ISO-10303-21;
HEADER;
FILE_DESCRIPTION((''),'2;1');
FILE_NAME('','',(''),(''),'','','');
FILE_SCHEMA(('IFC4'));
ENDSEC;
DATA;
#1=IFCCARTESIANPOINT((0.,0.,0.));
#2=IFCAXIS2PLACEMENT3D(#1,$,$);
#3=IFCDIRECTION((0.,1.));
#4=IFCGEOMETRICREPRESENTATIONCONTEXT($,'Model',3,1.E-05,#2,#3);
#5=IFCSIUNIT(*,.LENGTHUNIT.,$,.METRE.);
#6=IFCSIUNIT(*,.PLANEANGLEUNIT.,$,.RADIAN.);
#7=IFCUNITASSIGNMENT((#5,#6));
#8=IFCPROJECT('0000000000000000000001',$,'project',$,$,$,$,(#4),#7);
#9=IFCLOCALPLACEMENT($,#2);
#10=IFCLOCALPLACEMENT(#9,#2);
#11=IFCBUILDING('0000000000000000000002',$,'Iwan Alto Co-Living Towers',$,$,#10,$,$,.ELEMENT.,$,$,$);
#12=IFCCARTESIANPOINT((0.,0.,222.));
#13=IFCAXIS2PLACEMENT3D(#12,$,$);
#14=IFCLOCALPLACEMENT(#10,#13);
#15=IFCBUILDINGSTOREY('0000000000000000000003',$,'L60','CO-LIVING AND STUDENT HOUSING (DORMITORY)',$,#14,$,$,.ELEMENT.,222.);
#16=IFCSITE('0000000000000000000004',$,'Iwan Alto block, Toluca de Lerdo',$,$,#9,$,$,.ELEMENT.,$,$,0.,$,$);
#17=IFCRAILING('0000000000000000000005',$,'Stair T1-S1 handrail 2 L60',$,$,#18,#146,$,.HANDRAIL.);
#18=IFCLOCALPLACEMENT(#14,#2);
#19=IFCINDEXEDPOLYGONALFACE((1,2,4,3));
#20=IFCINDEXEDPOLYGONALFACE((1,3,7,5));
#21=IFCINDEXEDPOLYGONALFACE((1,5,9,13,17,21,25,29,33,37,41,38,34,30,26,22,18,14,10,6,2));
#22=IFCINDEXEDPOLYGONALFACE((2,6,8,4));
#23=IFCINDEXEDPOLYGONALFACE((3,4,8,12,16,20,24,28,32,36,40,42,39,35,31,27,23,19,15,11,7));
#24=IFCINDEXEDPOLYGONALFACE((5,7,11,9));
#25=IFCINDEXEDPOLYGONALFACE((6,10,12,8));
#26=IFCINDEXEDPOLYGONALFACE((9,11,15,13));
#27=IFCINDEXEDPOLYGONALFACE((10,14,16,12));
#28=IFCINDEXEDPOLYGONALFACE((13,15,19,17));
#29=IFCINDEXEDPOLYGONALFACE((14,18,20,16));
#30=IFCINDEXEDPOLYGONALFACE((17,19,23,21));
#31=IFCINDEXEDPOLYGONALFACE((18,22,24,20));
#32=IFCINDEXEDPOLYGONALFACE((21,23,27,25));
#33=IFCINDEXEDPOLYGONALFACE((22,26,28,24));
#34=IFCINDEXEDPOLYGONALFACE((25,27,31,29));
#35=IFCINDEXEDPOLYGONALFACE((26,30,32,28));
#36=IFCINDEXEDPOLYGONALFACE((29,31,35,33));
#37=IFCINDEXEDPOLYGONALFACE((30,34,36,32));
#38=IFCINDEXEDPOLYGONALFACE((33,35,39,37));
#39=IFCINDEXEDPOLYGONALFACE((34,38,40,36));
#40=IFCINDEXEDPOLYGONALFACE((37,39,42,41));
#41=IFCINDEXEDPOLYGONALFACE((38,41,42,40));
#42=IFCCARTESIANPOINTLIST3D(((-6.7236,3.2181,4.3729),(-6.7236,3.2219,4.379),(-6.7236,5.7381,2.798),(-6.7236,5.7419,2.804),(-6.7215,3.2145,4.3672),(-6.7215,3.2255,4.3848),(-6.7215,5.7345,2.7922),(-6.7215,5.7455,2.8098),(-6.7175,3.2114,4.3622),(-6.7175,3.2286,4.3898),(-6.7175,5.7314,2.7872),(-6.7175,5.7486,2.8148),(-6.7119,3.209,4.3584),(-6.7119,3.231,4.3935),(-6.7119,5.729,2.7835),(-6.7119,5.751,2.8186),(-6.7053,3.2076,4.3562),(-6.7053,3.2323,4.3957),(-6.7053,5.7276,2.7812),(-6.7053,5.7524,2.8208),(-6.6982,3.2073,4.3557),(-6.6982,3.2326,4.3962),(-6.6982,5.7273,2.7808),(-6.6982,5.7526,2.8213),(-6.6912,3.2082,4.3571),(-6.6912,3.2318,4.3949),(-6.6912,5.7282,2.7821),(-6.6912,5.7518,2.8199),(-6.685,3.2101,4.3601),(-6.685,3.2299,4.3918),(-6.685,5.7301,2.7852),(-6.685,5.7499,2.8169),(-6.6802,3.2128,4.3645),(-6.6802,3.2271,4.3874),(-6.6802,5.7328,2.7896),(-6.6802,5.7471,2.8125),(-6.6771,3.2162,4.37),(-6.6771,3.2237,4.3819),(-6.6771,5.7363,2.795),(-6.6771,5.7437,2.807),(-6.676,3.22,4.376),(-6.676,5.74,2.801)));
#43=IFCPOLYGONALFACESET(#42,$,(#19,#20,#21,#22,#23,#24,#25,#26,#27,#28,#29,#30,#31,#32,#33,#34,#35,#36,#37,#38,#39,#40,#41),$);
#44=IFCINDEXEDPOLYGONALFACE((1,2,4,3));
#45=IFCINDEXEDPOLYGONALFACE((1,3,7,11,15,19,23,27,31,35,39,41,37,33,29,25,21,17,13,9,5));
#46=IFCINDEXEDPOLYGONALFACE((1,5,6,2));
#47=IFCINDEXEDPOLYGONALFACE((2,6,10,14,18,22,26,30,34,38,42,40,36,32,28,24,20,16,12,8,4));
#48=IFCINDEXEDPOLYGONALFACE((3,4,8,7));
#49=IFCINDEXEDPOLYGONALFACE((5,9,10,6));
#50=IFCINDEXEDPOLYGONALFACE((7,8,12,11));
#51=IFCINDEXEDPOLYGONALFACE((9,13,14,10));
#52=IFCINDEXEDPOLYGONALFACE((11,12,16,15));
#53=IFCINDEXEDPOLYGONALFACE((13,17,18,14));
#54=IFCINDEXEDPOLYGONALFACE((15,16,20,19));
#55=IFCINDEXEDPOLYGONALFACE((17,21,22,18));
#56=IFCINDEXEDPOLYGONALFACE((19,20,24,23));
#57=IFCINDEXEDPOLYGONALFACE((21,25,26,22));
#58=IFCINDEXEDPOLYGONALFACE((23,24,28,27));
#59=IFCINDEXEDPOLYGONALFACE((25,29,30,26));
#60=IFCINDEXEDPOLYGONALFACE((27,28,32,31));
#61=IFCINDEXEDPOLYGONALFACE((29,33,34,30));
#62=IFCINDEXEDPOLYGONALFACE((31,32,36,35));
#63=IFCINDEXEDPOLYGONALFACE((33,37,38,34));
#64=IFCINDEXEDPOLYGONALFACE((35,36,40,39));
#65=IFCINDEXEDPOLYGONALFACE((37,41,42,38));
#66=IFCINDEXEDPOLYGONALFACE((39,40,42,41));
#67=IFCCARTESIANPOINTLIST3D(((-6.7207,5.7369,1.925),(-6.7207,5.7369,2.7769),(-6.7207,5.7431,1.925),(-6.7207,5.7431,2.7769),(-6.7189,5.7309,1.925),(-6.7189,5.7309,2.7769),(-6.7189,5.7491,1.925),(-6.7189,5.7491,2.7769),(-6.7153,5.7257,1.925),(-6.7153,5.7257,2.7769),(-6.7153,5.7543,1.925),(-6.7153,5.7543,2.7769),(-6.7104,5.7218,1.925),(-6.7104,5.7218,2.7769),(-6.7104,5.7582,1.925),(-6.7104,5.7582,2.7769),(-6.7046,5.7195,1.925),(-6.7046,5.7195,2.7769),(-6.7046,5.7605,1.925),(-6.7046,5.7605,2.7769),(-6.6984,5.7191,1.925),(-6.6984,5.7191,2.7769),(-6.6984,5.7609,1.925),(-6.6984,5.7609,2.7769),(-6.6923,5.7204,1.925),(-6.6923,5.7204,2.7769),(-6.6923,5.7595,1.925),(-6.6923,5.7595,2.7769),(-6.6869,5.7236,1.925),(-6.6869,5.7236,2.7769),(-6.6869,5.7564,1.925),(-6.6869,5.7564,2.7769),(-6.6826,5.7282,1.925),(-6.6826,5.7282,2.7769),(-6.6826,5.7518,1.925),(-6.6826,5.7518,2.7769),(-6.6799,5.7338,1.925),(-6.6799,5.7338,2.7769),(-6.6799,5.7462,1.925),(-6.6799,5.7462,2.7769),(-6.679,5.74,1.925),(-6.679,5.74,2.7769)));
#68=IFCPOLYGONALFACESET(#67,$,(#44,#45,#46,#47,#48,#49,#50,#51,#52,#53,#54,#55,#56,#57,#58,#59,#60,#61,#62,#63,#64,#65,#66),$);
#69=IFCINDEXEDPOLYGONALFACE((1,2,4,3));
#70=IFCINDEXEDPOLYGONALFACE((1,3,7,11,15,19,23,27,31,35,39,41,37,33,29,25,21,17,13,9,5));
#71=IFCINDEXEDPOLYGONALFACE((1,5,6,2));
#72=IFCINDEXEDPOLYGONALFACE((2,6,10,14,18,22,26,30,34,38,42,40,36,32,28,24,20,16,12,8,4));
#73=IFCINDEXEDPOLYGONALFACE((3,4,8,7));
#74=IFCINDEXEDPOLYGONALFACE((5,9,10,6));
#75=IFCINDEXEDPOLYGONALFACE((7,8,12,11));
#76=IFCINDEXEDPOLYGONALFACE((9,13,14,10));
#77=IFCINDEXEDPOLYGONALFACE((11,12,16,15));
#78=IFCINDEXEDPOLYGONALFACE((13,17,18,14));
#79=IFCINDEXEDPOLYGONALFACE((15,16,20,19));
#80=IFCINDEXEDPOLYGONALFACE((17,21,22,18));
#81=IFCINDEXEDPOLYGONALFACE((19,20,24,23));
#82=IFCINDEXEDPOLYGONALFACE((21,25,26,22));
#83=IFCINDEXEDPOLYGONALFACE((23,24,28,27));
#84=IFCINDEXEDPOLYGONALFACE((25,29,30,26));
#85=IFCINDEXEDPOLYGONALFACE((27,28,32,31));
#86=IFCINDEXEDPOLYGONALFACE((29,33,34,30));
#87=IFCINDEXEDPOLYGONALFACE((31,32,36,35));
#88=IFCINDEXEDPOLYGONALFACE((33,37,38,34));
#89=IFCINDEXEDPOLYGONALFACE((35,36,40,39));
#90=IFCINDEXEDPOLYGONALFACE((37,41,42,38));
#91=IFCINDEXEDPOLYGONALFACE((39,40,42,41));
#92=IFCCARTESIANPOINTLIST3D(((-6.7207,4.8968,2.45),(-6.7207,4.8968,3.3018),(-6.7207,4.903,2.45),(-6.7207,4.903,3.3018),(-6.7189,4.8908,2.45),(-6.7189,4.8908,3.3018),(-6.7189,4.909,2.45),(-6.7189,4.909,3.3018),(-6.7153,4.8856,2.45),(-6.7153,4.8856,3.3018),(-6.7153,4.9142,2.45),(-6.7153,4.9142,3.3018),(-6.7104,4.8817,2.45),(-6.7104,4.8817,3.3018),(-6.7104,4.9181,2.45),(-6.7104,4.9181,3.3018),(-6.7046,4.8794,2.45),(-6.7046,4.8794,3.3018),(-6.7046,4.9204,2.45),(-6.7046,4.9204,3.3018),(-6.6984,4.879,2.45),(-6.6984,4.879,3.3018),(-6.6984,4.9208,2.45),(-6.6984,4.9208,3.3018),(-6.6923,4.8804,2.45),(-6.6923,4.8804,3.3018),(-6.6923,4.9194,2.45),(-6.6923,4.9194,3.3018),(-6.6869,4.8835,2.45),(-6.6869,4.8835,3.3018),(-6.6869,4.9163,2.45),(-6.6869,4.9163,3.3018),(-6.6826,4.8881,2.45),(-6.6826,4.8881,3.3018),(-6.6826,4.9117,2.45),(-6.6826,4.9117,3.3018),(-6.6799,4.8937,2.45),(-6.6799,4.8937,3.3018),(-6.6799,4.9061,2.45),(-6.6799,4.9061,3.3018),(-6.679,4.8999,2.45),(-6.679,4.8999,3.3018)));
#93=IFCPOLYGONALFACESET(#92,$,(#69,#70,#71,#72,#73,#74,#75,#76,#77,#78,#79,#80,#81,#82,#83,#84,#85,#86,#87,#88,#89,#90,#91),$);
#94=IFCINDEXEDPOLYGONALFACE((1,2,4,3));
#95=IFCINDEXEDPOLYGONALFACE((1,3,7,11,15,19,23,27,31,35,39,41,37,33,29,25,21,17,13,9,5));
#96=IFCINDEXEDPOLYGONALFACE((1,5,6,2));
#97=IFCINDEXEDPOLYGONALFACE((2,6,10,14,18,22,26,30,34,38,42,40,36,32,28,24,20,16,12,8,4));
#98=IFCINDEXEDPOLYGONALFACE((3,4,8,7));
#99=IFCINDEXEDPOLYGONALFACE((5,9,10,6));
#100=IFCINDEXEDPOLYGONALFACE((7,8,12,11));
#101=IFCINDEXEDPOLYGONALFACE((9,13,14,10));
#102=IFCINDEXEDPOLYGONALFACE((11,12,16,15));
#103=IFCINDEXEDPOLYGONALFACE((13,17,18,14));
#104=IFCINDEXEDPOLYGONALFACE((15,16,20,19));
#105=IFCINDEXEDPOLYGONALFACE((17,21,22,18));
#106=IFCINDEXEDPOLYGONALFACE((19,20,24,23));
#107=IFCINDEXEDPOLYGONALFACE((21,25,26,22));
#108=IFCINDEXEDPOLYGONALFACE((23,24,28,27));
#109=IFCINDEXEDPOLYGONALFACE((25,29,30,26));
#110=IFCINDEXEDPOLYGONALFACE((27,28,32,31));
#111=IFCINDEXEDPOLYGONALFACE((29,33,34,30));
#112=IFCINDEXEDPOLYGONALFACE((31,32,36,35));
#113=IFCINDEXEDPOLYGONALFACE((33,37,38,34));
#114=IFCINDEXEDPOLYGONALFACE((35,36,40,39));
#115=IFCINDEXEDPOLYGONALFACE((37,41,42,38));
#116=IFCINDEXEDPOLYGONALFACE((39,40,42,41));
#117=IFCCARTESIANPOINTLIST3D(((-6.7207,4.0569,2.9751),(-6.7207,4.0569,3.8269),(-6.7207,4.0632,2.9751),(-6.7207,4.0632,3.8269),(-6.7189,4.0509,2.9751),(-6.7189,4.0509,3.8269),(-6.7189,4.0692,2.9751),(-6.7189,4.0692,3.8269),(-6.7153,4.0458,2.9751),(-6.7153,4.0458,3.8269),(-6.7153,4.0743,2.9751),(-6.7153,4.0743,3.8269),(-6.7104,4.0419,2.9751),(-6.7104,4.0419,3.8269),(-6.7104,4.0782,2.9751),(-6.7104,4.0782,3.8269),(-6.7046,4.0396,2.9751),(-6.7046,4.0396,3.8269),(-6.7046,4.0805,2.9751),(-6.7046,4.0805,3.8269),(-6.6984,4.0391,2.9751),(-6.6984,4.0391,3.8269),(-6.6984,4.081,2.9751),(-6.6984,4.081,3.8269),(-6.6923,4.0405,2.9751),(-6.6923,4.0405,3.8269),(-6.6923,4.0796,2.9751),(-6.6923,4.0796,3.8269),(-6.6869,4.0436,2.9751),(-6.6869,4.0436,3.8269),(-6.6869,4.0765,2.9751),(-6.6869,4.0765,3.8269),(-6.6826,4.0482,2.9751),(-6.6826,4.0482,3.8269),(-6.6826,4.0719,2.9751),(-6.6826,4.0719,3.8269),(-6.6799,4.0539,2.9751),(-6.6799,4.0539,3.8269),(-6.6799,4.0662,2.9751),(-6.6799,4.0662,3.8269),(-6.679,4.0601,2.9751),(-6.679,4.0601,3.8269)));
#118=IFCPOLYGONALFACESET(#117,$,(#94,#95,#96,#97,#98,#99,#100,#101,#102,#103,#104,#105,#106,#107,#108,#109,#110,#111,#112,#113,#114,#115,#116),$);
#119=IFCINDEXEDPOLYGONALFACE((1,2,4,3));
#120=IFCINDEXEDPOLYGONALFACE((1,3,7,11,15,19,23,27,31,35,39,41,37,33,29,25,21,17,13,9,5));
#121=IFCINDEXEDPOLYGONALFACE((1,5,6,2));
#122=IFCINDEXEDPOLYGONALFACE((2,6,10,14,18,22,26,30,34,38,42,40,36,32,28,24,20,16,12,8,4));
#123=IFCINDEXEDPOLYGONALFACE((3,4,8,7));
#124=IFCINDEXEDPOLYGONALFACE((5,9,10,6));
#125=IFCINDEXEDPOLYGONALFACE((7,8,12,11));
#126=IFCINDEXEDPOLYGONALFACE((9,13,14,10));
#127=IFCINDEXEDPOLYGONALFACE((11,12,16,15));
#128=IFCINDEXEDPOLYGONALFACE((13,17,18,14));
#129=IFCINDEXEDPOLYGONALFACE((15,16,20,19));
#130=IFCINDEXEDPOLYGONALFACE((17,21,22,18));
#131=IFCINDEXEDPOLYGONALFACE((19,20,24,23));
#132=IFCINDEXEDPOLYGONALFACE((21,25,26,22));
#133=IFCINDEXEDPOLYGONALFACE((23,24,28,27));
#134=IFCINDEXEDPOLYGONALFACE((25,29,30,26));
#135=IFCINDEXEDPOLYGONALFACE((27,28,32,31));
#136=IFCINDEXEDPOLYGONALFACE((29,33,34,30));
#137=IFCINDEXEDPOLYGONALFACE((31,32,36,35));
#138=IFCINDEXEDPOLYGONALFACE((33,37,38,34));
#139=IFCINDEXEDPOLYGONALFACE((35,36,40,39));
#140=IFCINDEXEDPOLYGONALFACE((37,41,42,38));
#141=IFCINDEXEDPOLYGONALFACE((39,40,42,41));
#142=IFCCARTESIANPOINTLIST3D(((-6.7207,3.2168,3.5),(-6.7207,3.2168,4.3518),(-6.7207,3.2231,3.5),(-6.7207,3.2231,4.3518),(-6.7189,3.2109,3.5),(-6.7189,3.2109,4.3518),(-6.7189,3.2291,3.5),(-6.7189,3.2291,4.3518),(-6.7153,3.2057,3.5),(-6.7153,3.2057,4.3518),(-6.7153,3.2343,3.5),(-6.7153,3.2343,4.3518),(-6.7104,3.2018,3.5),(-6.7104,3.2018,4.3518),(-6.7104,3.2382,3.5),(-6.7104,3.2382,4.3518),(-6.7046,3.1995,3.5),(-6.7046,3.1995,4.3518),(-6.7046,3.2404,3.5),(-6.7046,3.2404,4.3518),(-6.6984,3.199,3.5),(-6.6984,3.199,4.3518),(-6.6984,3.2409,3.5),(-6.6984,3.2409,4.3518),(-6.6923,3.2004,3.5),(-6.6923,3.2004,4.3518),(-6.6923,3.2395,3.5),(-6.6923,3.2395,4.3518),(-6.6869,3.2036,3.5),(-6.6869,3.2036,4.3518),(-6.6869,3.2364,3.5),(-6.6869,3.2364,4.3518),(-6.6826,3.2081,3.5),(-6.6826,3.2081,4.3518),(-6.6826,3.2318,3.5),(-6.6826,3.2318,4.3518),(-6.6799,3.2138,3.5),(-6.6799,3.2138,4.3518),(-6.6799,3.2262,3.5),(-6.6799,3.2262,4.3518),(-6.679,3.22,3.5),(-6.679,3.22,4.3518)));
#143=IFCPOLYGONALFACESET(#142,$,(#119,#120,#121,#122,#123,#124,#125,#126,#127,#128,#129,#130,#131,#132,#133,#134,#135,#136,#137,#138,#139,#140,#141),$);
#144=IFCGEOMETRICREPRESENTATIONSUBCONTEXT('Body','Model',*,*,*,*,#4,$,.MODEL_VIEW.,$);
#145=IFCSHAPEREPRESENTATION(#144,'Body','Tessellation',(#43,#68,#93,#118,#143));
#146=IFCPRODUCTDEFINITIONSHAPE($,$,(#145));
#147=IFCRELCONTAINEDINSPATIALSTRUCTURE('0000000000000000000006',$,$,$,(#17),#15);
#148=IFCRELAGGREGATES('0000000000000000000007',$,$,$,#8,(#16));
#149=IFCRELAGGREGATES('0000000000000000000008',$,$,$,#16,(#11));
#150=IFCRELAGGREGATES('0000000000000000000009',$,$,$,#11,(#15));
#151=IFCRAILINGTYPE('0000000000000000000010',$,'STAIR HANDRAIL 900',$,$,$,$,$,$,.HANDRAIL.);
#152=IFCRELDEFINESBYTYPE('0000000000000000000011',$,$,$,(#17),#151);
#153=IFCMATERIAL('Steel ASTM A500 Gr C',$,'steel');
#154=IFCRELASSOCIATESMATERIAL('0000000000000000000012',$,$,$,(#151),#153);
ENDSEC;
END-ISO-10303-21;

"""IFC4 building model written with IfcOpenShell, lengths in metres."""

from ifc_helpers import new_model, si_unit, direction, frame, origin, origin_2d, place, context, subcontext, project, spatial, circle, extrude, material, type_object, element, save


model = new_model("IFC4")

# Units and contexts
model_context = context("Model", 3, precision=1e-05, world=origin(), true_north=direction((0.0, 1.0)))
body_context = subcontext(model_context, "Body", "Model", "MODEL_VIEW")
ifc_project = project(units=[si_unit("LENGTHUNIT", "METRE"), si_unit("PLANEANGLEUNIT", "RADIAN")], contexts=[model_context])

# Site, building, storey
site_placement = place(None, origin())
site = spatial("IfcSite", under=ifc_project, at=site_placement, Name="Iwan Alto block, Toluca de Lerdo", CompositionType="ELEMENT", RefElevation=0.0)
building_placement = place(site_placement, origin())
building = spatial("IfcBuilding", under=site, at=building_placement, Name="Iwan Alto Co-Living Towers", CompositionType="ELEMENT")
storey_placement = place(building_placement, frame((0.0, 0.0, 222.0)))
storey = spatial("IfcBuildingStorey", under=building, at=storey_placement, Name="L60", Description="CO-LIVING AND STUDENT HOUSING (DORMITORY)", CompositionType="ELEMENT", Elevation=222.0)

# Railing
ifc_material_1 = material(Name="Steel ASTM A500 Gr C", Category="steel")
railing_type = type_object("IfcRailingType", Name="STAIR HANDRAIL 900", PredefinedType="HANDRAIL", material=ifc_material_1)
railing_placement = place(storey_placement, frame((-6.7, 5.74, 1.925)))
element("IfcRailing", 1, at=railing_placement, inside=storey, type_object=railing_type, Name="Stair T1-S1 handrail 2 L60", PredefinedType="HANDRAIL", context=body_context, shape_type="SweptSolid", body=[
    extrude(circle(Radius=0.0239, at=origin_2d()), frame((0.0, 0.0, 0.876), z_axis=(0.0, -0.848008, 0.529984), x_axis=(1.0, 0.0, 0.0)), (0.0, 0.0, 1.0), 2.9717),
    extrude(circle(Radius=0.021, at=origin_2d()), origin(), (0.0, 0.0, 1.0), 0.8518),
    extrude(circle(Radius=0.021, at=origin_2d()), frame((0.0, -0.8401, 0.5249)), (0.0, 0.0, 1.0), 0.8518),
    extrude(circle(Radius=0.021, at=origin_2d()), frame((0.0, -1.6799, 1.05)), (0.0, 0.0, 1.0), 0.8518),
    extrude(circle(Radius=0.021, at=origin_2d()), frame((0.0, -2.52, 1.575)), (0.0, 0.0, 1.0), 0.8518),
])

save(model, "model.ifc")
